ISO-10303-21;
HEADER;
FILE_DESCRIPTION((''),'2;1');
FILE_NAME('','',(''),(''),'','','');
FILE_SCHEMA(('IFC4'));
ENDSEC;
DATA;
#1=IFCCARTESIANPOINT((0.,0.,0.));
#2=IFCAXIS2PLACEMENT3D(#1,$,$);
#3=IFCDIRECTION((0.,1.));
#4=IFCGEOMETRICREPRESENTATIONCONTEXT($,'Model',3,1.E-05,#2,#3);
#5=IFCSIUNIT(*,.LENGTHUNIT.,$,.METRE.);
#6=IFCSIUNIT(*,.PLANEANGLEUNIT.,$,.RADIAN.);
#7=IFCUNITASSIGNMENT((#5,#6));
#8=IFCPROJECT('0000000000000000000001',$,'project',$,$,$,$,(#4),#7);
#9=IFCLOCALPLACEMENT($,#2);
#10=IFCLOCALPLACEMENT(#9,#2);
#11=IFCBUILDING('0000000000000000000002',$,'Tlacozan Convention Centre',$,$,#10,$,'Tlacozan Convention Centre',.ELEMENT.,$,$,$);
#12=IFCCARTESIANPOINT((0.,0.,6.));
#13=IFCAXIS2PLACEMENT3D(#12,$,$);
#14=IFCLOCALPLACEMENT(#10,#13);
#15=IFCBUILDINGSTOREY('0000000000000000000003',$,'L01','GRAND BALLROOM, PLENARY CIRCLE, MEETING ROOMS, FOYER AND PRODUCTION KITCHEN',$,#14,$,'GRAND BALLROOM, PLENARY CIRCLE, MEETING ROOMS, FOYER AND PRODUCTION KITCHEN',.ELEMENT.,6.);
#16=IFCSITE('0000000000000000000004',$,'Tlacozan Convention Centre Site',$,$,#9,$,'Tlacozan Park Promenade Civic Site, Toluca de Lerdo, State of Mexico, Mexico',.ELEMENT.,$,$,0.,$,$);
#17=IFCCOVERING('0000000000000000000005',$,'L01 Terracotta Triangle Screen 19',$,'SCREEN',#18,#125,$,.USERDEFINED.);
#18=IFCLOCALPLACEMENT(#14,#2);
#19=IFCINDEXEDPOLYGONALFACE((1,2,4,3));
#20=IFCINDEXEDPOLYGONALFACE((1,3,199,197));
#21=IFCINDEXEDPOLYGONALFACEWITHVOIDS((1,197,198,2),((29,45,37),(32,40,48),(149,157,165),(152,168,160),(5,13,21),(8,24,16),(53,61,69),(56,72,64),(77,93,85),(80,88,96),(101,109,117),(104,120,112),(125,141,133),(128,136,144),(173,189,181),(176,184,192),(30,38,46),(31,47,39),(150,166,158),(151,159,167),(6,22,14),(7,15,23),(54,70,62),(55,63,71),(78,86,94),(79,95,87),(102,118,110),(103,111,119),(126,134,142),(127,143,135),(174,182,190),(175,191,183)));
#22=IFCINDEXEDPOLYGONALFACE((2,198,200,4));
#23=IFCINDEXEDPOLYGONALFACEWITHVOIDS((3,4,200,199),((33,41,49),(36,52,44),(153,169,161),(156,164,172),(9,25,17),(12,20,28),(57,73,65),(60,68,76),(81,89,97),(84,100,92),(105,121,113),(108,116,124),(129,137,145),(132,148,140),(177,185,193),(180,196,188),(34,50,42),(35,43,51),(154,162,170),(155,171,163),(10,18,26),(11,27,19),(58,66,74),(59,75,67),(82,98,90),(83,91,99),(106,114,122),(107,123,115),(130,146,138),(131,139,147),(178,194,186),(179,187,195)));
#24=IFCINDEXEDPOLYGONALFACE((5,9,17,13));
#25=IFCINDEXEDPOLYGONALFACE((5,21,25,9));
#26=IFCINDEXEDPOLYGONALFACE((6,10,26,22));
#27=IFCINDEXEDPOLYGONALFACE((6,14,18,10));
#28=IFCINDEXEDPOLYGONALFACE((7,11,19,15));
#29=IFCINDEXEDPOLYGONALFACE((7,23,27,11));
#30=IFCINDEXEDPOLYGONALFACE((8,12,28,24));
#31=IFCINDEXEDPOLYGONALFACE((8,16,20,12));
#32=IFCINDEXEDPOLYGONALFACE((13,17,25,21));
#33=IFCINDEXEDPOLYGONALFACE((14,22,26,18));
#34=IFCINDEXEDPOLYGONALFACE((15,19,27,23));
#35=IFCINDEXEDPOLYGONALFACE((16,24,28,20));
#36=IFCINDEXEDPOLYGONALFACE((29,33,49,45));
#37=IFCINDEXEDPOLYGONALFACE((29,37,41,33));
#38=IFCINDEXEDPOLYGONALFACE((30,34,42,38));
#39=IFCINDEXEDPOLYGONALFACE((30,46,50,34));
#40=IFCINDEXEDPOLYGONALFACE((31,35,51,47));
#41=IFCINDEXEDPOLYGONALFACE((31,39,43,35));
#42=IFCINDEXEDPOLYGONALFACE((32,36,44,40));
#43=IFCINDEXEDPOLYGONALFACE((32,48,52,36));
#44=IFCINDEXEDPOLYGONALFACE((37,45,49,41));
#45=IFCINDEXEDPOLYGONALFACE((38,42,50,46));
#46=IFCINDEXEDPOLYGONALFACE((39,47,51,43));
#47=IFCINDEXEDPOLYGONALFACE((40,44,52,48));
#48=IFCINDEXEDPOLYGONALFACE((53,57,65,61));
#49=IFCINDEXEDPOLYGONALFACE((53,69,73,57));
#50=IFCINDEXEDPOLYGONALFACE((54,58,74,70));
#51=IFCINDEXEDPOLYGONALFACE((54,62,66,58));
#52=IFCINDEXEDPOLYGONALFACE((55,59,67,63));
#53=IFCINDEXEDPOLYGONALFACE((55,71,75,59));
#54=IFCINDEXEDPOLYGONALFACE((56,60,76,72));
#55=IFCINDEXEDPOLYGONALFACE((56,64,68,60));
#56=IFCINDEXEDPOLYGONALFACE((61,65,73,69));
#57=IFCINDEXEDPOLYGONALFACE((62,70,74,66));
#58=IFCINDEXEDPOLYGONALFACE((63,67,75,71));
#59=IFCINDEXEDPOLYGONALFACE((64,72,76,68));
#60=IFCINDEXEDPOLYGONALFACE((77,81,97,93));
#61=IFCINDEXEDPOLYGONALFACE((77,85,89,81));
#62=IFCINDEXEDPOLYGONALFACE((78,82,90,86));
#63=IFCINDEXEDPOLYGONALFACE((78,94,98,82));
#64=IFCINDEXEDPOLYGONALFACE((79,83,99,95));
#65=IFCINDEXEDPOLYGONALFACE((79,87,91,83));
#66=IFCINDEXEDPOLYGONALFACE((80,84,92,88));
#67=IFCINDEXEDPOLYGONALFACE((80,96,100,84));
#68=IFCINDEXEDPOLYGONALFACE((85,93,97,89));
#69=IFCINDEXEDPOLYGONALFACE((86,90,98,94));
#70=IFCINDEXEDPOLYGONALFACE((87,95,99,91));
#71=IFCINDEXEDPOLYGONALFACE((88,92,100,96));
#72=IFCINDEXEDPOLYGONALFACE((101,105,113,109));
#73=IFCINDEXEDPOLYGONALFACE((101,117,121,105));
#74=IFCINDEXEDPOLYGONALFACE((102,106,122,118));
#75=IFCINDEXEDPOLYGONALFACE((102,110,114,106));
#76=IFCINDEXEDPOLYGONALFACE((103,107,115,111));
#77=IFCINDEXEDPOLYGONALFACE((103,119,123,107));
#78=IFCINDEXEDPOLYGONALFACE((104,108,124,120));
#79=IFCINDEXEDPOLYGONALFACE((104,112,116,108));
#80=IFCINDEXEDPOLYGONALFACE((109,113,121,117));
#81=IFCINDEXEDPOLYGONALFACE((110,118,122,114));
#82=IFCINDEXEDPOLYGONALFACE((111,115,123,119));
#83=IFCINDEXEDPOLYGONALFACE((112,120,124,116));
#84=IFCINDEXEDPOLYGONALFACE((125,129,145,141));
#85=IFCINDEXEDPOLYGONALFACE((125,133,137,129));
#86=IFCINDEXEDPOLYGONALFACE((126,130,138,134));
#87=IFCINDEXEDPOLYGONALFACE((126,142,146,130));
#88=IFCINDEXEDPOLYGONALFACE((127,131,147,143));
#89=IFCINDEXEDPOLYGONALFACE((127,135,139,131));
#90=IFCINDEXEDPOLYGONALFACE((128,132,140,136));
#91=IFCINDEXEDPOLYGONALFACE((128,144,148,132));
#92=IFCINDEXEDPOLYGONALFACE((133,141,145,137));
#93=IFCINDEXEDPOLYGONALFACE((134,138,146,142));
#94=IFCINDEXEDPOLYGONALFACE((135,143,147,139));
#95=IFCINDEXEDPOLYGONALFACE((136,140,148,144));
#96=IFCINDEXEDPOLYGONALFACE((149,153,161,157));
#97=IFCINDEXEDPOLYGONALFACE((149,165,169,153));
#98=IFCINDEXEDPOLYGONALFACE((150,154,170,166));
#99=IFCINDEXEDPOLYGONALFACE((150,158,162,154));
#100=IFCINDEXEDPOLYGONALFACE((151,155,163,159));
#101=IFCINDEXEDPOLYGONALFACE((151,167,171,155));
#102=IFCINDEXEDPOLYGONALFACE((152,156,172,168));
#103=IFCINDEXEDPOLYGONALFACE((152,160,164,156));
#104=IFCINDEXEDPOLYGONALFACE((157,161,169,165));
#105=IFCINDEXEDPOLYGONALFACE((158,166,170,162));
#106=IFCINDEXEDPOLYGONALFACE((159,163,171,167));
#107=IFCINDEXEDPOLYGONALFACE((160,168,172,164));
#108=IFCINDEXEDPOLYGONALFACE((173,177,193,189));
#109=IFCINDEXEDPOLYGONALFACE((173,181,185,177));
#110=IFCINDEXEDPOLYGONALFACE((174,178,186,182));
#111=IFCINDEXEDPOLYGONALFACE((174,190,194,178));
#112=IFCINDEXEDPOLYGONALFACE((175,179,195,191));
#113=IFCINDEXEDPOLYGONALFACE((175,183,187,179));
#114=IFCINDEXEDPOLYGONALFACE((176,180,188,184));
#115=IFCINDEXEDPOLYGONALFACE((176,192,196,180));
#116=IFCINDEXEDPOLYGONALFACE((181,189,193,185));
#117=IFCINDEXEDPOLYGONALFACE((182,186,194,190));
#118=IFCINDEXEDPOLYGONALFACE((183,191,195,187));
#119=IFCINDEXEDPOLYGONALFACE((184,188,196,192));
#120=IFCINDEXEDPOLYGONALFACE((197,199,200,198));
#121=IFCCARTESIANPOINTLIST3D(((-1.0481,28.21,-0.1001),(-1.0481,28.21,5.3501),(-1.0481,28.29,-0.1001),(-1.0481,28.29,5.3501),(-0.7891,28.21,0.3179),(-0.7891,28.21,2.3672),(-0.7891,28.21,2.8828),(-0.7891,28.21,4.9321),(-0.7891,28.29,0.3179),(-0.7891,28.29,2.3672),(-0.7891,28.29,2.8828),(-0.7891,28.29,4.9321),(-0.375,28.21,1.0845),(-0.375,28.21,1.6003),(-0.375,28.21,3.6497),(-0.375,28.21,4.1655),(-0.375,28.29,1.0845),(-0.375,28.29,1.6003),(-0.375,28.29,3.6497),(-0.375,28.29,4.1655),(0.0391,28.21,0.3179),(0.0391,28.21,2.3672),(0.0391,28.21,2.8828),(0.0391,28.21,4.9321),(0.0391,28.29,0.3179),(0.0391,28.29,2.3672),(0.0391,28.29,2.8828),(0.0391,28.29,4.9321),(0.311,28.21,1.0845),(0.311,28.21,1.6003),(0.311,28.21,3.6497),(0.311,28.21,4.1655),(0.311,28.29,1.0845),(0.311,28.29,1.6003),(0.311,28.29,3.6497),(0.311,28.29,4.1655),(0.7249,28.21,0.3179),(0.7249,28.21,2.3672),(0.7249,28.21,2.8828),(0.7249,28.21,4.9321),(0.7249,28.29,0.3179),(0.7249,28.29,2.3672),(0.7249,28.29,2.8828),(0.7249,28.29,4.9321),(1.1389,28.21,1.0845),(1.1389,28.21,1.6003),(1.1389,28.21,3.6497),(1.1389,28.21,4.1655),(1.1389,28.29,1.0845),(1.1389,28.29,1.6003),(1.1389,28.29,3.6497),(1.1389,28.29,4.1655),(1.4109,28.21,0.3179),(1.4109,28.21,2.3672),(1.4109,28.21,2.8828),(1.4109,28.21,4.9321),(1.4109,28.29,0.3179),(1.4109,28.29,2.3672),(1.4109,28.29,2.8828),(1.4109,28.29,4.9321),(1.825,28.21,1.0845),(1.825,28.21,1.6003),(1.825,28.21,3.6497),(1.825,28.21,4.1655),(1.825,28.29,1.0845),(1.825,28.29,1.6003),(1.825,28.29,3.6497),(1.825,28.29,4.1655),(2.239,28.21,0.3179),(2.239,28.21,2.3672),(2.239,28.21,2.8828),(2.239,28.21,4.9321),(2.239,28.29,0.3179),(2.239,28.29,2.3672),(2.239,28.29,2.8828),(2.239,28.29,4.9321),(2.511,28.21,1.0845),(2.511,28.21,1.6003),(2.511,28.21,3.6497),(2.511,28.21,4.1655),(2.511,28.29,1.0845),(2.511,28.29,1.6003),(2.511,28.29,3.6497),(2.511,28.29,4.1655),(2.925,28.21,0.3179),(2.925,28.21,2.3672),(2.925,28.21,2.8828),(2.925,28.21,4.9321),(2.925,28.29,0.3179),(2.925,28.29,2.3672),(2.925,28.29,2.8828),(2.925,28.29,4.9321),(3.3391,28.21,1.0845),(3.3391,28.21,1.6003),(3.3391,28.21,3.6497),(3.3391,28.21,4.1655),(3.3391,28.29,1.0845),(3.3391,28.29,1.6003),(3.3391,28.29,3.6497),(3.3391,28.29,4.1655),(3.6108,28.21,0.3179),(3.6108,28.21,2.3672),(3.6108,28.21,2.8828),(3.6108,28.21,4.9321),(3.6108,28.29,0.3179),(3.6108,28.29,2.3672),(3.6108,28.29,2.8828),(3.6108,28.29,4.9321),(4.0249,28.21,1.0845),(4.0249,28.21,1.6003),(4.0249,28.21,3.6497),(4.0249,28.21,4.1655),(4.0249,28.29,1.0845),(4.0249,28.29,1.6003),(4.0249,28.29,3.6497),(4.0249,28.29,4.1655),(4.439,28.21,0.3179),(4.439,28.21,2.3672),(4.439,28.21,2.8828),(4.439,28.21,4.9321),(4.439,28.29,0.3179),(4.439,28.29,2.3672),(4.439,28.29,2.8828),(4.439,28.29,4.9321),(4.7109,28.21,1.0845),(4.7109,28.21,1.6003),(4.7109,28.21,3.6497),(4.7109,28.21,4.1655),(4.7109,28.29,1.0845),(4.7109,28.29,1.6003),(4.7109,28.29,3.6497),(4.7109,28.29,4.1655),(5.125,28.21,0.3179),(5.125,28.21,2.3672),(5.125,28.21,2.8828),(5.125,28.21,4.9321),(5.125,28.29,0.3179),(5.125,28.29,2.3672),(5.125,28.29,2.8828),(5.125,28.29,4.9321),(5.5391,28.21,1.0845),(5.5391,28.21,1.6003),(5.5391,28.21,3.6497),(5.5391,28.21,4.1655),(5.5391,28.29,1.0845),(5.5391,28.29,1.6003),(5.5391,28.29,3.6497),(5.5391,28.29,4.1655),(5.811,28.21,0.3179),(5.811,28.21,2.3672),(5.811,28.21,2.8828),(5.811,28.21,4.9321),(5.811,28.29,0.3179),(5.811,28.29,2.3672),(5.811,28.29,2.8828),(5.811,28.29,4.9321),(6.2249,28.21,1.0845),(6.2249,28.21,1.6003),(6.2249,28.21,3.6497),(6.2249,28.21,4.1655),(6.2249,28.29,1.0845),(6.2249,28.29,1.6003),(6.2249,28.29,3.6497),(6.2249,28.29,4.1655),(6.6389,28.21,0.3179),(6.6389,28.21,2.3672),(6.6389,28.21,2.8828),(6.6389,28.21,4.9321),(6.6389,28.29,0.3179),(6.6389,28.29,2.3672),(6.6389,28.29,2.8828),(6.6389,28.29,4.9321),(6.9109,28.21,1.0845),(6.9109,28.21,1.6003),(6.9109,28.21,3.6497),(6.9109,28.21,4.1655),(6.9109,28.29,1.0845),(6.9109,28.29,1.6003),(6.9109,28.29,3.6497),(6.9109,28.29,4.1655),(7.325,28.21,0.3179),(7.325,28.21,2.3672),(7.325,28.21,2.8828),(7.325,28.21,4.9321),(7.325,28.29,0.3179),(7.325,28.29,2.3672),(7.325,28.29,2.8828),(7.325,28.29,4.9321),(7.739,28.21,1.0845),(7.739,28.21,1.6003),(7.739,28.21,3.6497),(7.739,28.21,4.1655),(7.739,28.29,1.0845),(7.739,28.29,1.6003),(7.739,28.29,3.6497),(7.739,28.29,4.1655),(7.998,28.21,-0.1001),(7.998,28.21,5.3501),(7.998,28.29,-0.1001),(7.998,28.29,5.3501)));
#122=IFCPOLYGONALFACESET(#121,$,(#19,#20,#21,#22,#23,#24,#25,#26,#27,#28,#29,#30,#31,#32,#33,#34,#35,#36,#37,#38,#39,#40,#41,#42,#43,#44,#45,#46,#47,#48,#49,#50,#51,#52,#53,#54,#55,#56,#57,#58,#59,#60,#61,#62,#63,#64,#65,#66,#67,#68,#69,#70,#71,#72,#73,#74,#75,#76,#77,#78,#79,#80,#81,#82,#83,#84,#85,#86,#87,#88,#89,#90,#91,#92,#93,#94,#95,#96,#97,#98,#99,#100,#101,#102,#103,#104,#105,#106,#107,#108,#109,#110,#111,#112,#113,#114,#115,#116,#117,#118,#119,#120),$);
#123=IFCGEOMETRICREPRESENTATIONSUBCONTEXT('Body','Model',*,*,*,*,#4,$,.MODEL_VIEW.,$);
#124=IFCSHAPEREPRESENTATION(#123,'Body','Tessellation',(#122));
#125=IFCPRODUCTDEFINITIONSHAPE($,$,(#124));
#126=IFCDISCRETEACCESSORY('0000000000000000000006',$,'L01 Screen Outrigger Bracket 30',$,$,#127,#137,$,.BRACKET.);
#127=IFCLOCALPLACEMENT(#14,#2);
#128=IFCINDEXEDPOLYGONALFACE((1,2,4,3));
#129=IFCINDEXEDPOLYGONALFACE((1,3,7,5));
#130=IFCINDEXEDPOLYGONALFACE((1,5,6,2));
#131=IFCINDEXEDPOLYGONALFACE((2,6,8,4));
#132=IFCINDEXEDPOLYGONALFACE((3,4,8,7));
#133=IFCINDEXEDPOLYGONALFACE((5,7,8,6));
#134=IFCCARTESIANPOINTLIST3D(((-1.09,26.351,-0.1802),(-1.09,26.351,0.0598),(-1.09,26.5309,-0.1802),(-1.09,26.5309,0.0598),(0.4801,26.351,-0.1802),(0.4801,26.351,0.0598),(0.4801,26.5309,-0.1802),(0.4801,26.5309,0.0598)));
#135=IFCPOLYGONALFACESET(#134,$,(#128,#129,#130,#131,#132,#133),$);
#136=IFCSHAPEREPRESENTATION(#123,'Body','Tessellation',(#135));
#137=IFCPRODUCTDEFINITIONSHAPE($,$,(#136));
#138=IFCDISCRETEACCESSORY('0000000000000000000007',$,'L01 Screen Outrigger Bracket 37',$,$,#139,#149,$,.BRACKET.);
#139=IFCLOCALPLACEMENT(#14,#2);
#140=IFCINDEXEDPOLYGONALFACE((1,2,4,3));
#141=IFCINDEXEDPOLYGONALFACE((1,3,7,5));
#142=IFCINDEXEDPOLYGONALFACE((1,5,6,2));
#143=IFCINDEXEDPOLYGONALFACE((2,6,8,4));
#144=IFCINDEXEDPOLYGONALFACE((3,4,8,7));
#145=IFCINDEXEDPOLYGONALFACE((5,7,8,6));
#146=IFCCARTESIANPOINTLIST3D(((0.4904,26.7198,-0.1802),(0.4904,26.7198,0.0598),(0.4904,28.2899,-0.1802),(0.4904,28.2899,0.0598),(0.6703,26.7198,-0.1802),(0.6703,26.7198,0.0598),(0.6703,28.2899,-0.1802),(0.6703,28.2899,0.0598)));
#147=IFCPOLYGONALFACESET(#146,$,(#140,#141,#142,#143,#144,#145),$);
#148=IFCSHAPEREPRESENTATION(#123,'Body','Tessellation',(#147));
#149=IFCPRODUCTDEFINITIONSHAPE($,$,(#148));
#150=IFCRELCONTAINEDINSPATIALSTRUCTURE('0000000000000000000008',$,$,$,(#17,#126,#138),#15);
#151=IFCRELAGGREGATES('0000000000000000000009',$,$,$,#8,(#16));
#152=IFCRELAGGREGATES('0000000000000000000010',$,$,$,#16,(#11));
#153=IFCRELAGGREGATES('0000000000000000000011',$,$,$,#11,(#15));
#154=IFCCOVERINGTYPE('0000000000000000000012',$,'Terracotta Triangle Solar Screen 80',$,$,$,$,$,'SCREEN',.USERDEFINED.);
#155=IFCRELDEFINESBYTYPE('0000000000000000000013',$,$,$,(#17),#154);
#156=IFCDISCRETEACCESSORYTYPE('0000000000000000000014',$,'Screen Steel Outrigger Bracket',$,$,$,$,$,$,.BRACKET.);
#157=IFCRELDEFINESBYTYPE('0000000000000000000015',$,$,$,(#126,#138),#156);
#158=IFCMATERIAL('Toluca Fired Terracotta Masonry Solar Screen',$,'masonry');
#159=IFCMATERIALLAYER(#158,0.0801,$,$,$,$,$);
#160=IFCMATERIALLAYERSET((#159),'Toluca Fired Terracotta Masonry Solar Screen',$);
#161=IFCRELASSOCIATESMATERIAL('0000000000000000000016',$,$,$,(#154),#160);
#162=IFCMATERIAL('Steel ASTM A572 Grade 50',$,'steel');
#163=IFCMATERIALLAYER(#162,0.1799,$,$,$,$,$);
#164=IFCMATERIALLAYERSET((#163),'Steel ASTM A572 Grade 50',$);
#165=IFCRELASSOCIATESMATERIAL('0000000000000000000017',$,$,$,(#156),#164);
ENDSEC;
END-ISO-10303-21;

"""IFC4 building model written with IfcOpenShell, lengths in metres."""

from ifc_helpers import new_model, si_unit, direction, frame, origin, origin_2d, place, context, subcontext, project, spatial, polyline, rectangle, outline, extrude, material, layer, layer_set, type_object, element, save


model = new_model("IFC4")

# Units and contexts
model_context = context("Model", 3, precision=1e-05, world=origin(), true_north=direction((0.0, 1.0)))
body_context = subcontext(model_context, "Body", "Model", "MODEL_VIEW")
ifc_project = project(units=[si_unit("LENGTHUNIT", "METRE"), si_unit("PLANEANGLEUNIT", "RADIAN")], contexts=[model_context])

# Site, building, storey
site_placement = place(None, origin())
site = spatial("IfcSite", under=ifc_project, at=site_placement, Name="Tlacozan Convention Centre Site", LongName="Tlacozan Park Promenade Civic Site, Toluca de Lerdo, State of Mexico, Mexico", CompositionType="ELEMENT", RefElevation=0.0)
building_placement = place(site_placement, origin())
building = spatial("IfcBuilding", under=site, at=building_placement, Name="Tlacozan Convention Centre", LongName="Tlacozan Convention Centre", CompositionType="ELEMENT")
storey_placement = place(building_placement, frame((0.0, 0.0, 6.0)))
storey = spatial("IfcBuildingStorey", under=building, at=storey_placement, Name="L01", Description="GRAND BALLROOM, PLENARY CIRCLE, MEETING ROOMS, FOYER AND PRODUCTION KITCHEN", LongName="GRAND BALLROOM, PLENARY CIRCLE, MEETING ROOMS, FOYER AND PRODUCTION KITCHEN", CompositionType="ELEMENT", Elevation=6.0)

# Covering
ifc_material_1 = material(Name="Toluca Fired Terracotta Masonry Solar Screen", Category="masonry")
ifc_layer_1 = layer(ifc_material_1, 0.0801)
ifc_layer_set_1 = layer_set([ifc_layer_1], Name="Toluca Fired Terracotta Masonry Solar Screen")
covering_type = type_object("IfcCoveringType", Name="Terracotta Triangle Solar Screen 80", ElementType="SCREEN", PredefinedType="USERDEFINED", material=ifc_layer_set_1)
covering_placement = place(storey_placement, frame((-1.0481, 28.25, -0.1001), z_axis=(0.0, 0.0, 1.0), x_axis=(1.0, 0.0, 0.0)))
element("IfcCovering", 1, at=covering_placement, inside=storey, type_object=covering_type, Name="L01 Terracotta Triangle Screen 19", ObjectType="SCREEN", PredefinedType="USERDEFINED", context=body_context, shape_type="SweptSolid", body=[
    extrude(outline(polyline([(0.0, 0.0), (9.0461, 0.0), (9.0461, 5.4502), (0.0, 5.4502), (0.0, 0.0)]), holes=[polyline([(0.259, 0.418), (1.0872, 0.418), (0.6731, 1.1846), (0.259, 0.418)]), polyline([(1.3591, 1.1846), (2.187, 1.1846), (1.7729, 0.418), (1.3591, 1.1846)]), polyline([(2.459, 0.418), (3.2871, 0.418), (2.873, 1.1846), (2.459, 0.418)]), polyline([(3.5591, 1.1846), (4.3872, 1.1846), (3.9731, 0.418), (3.5591, 1.1846)]), polyline([(4.6589, 0.418), (5.4871, 0.418), (5.073, 1.1846), (4.6589, 0.418)]), polyline([(5.759, 1.1846), (6.5872, 1.1846), (6.1731, 0.418), (5.759, 1.1846)]), polyline([(6.8591, 0.418), (7.687, 0.418), (7.2729, 1.1846), (6.8591, 0.418)]), polyline([(7.959, 1.1846), (8.7871, 1.1846), (8.373, 0.418), (7.959, 1.1846)]), polyline([(0.259, 2.4673), (1.0872, 2.4673), (0.6731, 1.7004), (0.259, 2.4673)]), polyline([(1.3591, 1.7004), (2.187, 1.7004), (1.7729, 2.4673), (1.3591, 1.7004)]), polyline([(2.459, 2.4673), (3.2871, 2.4673), (2.873, 1.7004), (2.459, 2.4673)]), polyline([(3.5591, 1.7004), (4.3872, 1.7004), (3.9731, 2.4673), (3.5591, 1.7004)]), polyline([(4.6589, 2.4673), (5.4871, 2.4673), (5.073, 1.7004), (4.6589, 2.4673)]), polyline([(5.759, 1.7004), (6.5872, 1.7004), (6.1731, 2.4673), (5.759, 1.7004)]), polyline([(6.8591, 2.4673), (7.687, 2.4673), (7.2729, 1.7004), (6.8591, 2.4673)]), polyline([(7.959, 1.7004), (8.7871, 1.7004), (8.373, 2.4673), (7.959, 1.7004)]), polyline([(0.259, 2.9829), (1.0872, 2.9829), (0.6731, 3.7498), (0.259, 2.9829)]), polyline([(1.3591, 3.7498), (2.187, 3.7498), (1.7729, 2.9829), (1.3591, 3.7498)]), polyline([(2.459, 2.9829), (3.2871, 2.9829), (2.873, 3.7498), (2.459, 2.9829)]), polyline([(3.5591, 3.7498), (4.3872, 3.7498), (3.9731, 2.9829), (3.5591, 3.7498)]), polyline([(4.6589, 2.9829), (5.4871, 2.9829), (5.073, 3.7498), (4.6589, 2.9829)]), polyline([(5.759, 3.7498), (6.5872, 3.7498), (6.1731, 2.9829), (5.759, 3.7498)]), polyline([(6.8591, 2.9829), (7.687, 2.9829), (7.2729, 3.7498), (6.8591, 2.9829)]), polyline([(7.959, 3.7498), (8.7871, 3.7498), (8.373, 2.9829), (7.959, 3.7498)]), polyline([(0.259, 5.0322), (1.0872, 5.0322), (0.6731, 4.2656), (0.259, 5.0322)]), polyline([(1.3591, 4.2656), (2.187, 4.2656), (1.7729, 5.0322), (1.3591, 4.2656)]), polyline([(2.459, 5.0322), (3.2871, 5.0322), (2.873, 4.2656), (2.459, 5.0322)]), polyline([(3.5591, 4.2656), (4.3872, 4.2656), (3.9731, 5.0322), (3.5591, 4.2656)]), polyline([(4.6589, 5.0322), (5.4871, 5.0322), (5.073, 4.2656), (4.6589, 5.0322)]), polyline([(5.759, 4.2656), (6.5872, 4.2656), (6.1731, 5.0322), (5.759, 4.2656)]), polyline([(6.8591, 5.0322), (7.687, 5.0322), (7.2729, 4.2656), (6.8591, 5.0322)]), polyline([(7.959, 4.2656), (8.7871, 4.2656), (8.373, 5.0322), (7.959, 4.2656)])]), frame((0.0, 0.04, 0.0), z_axis=(0.0, -1.0, 0.0), x_axis=(1.0, 0.0, 0.0)), (0.0, 0.0, 1.0), 0.0801),
])

# Discrete accessories
ifc_material_2 = material(Name="Steel ASTM A572 Grade 50", Category="steel")
ifc_layer_2 = layer(ifc_material_2, 0.1799)
ifc_layer_set_2 = layer_set([ifc_layer_2], Name="Steel ASTM A572 Grade 50")
discrete_accessory_type = type_object("IfcDiscreteAccessoryType", Name="Screen Steel Outrigger Bracket", PredefinedType="BRACKET", material=ifc_layer_set_2)
for number, where, z_axis, x_axis, name in (
    (2, (-0.3049, 26.4409, -0.1802), (0.0, 0.0, 1.0), (1.0, 0.0, 0.0), "L01 Screen Outrigger Bracket 30"),
    (3, (0.5803, 27.5049, -0.1802), (0.0, 0.0, 1.0), (0.0, -1.0, 0.0), "L01 Screen Outrigger Bracket 37"),
):
    element("IfcDiscreteAccessory", number, at=place(storey_placement, frame(where, z_axis=z_axis, x_axis=x_axis)), inside=storey, type_object=discrete_accessory_type, Name=name, PredefinedType="BRACKET", context=body_context, shape_type="SweptSolid", body=[
        extrude(rectangle(XDim=1.5701, YDim=0.1799, at=origin_2d()), origin(), (0.0, 0.0, 1.0), 0.24),
    ])

save(model, "model.ifc")
